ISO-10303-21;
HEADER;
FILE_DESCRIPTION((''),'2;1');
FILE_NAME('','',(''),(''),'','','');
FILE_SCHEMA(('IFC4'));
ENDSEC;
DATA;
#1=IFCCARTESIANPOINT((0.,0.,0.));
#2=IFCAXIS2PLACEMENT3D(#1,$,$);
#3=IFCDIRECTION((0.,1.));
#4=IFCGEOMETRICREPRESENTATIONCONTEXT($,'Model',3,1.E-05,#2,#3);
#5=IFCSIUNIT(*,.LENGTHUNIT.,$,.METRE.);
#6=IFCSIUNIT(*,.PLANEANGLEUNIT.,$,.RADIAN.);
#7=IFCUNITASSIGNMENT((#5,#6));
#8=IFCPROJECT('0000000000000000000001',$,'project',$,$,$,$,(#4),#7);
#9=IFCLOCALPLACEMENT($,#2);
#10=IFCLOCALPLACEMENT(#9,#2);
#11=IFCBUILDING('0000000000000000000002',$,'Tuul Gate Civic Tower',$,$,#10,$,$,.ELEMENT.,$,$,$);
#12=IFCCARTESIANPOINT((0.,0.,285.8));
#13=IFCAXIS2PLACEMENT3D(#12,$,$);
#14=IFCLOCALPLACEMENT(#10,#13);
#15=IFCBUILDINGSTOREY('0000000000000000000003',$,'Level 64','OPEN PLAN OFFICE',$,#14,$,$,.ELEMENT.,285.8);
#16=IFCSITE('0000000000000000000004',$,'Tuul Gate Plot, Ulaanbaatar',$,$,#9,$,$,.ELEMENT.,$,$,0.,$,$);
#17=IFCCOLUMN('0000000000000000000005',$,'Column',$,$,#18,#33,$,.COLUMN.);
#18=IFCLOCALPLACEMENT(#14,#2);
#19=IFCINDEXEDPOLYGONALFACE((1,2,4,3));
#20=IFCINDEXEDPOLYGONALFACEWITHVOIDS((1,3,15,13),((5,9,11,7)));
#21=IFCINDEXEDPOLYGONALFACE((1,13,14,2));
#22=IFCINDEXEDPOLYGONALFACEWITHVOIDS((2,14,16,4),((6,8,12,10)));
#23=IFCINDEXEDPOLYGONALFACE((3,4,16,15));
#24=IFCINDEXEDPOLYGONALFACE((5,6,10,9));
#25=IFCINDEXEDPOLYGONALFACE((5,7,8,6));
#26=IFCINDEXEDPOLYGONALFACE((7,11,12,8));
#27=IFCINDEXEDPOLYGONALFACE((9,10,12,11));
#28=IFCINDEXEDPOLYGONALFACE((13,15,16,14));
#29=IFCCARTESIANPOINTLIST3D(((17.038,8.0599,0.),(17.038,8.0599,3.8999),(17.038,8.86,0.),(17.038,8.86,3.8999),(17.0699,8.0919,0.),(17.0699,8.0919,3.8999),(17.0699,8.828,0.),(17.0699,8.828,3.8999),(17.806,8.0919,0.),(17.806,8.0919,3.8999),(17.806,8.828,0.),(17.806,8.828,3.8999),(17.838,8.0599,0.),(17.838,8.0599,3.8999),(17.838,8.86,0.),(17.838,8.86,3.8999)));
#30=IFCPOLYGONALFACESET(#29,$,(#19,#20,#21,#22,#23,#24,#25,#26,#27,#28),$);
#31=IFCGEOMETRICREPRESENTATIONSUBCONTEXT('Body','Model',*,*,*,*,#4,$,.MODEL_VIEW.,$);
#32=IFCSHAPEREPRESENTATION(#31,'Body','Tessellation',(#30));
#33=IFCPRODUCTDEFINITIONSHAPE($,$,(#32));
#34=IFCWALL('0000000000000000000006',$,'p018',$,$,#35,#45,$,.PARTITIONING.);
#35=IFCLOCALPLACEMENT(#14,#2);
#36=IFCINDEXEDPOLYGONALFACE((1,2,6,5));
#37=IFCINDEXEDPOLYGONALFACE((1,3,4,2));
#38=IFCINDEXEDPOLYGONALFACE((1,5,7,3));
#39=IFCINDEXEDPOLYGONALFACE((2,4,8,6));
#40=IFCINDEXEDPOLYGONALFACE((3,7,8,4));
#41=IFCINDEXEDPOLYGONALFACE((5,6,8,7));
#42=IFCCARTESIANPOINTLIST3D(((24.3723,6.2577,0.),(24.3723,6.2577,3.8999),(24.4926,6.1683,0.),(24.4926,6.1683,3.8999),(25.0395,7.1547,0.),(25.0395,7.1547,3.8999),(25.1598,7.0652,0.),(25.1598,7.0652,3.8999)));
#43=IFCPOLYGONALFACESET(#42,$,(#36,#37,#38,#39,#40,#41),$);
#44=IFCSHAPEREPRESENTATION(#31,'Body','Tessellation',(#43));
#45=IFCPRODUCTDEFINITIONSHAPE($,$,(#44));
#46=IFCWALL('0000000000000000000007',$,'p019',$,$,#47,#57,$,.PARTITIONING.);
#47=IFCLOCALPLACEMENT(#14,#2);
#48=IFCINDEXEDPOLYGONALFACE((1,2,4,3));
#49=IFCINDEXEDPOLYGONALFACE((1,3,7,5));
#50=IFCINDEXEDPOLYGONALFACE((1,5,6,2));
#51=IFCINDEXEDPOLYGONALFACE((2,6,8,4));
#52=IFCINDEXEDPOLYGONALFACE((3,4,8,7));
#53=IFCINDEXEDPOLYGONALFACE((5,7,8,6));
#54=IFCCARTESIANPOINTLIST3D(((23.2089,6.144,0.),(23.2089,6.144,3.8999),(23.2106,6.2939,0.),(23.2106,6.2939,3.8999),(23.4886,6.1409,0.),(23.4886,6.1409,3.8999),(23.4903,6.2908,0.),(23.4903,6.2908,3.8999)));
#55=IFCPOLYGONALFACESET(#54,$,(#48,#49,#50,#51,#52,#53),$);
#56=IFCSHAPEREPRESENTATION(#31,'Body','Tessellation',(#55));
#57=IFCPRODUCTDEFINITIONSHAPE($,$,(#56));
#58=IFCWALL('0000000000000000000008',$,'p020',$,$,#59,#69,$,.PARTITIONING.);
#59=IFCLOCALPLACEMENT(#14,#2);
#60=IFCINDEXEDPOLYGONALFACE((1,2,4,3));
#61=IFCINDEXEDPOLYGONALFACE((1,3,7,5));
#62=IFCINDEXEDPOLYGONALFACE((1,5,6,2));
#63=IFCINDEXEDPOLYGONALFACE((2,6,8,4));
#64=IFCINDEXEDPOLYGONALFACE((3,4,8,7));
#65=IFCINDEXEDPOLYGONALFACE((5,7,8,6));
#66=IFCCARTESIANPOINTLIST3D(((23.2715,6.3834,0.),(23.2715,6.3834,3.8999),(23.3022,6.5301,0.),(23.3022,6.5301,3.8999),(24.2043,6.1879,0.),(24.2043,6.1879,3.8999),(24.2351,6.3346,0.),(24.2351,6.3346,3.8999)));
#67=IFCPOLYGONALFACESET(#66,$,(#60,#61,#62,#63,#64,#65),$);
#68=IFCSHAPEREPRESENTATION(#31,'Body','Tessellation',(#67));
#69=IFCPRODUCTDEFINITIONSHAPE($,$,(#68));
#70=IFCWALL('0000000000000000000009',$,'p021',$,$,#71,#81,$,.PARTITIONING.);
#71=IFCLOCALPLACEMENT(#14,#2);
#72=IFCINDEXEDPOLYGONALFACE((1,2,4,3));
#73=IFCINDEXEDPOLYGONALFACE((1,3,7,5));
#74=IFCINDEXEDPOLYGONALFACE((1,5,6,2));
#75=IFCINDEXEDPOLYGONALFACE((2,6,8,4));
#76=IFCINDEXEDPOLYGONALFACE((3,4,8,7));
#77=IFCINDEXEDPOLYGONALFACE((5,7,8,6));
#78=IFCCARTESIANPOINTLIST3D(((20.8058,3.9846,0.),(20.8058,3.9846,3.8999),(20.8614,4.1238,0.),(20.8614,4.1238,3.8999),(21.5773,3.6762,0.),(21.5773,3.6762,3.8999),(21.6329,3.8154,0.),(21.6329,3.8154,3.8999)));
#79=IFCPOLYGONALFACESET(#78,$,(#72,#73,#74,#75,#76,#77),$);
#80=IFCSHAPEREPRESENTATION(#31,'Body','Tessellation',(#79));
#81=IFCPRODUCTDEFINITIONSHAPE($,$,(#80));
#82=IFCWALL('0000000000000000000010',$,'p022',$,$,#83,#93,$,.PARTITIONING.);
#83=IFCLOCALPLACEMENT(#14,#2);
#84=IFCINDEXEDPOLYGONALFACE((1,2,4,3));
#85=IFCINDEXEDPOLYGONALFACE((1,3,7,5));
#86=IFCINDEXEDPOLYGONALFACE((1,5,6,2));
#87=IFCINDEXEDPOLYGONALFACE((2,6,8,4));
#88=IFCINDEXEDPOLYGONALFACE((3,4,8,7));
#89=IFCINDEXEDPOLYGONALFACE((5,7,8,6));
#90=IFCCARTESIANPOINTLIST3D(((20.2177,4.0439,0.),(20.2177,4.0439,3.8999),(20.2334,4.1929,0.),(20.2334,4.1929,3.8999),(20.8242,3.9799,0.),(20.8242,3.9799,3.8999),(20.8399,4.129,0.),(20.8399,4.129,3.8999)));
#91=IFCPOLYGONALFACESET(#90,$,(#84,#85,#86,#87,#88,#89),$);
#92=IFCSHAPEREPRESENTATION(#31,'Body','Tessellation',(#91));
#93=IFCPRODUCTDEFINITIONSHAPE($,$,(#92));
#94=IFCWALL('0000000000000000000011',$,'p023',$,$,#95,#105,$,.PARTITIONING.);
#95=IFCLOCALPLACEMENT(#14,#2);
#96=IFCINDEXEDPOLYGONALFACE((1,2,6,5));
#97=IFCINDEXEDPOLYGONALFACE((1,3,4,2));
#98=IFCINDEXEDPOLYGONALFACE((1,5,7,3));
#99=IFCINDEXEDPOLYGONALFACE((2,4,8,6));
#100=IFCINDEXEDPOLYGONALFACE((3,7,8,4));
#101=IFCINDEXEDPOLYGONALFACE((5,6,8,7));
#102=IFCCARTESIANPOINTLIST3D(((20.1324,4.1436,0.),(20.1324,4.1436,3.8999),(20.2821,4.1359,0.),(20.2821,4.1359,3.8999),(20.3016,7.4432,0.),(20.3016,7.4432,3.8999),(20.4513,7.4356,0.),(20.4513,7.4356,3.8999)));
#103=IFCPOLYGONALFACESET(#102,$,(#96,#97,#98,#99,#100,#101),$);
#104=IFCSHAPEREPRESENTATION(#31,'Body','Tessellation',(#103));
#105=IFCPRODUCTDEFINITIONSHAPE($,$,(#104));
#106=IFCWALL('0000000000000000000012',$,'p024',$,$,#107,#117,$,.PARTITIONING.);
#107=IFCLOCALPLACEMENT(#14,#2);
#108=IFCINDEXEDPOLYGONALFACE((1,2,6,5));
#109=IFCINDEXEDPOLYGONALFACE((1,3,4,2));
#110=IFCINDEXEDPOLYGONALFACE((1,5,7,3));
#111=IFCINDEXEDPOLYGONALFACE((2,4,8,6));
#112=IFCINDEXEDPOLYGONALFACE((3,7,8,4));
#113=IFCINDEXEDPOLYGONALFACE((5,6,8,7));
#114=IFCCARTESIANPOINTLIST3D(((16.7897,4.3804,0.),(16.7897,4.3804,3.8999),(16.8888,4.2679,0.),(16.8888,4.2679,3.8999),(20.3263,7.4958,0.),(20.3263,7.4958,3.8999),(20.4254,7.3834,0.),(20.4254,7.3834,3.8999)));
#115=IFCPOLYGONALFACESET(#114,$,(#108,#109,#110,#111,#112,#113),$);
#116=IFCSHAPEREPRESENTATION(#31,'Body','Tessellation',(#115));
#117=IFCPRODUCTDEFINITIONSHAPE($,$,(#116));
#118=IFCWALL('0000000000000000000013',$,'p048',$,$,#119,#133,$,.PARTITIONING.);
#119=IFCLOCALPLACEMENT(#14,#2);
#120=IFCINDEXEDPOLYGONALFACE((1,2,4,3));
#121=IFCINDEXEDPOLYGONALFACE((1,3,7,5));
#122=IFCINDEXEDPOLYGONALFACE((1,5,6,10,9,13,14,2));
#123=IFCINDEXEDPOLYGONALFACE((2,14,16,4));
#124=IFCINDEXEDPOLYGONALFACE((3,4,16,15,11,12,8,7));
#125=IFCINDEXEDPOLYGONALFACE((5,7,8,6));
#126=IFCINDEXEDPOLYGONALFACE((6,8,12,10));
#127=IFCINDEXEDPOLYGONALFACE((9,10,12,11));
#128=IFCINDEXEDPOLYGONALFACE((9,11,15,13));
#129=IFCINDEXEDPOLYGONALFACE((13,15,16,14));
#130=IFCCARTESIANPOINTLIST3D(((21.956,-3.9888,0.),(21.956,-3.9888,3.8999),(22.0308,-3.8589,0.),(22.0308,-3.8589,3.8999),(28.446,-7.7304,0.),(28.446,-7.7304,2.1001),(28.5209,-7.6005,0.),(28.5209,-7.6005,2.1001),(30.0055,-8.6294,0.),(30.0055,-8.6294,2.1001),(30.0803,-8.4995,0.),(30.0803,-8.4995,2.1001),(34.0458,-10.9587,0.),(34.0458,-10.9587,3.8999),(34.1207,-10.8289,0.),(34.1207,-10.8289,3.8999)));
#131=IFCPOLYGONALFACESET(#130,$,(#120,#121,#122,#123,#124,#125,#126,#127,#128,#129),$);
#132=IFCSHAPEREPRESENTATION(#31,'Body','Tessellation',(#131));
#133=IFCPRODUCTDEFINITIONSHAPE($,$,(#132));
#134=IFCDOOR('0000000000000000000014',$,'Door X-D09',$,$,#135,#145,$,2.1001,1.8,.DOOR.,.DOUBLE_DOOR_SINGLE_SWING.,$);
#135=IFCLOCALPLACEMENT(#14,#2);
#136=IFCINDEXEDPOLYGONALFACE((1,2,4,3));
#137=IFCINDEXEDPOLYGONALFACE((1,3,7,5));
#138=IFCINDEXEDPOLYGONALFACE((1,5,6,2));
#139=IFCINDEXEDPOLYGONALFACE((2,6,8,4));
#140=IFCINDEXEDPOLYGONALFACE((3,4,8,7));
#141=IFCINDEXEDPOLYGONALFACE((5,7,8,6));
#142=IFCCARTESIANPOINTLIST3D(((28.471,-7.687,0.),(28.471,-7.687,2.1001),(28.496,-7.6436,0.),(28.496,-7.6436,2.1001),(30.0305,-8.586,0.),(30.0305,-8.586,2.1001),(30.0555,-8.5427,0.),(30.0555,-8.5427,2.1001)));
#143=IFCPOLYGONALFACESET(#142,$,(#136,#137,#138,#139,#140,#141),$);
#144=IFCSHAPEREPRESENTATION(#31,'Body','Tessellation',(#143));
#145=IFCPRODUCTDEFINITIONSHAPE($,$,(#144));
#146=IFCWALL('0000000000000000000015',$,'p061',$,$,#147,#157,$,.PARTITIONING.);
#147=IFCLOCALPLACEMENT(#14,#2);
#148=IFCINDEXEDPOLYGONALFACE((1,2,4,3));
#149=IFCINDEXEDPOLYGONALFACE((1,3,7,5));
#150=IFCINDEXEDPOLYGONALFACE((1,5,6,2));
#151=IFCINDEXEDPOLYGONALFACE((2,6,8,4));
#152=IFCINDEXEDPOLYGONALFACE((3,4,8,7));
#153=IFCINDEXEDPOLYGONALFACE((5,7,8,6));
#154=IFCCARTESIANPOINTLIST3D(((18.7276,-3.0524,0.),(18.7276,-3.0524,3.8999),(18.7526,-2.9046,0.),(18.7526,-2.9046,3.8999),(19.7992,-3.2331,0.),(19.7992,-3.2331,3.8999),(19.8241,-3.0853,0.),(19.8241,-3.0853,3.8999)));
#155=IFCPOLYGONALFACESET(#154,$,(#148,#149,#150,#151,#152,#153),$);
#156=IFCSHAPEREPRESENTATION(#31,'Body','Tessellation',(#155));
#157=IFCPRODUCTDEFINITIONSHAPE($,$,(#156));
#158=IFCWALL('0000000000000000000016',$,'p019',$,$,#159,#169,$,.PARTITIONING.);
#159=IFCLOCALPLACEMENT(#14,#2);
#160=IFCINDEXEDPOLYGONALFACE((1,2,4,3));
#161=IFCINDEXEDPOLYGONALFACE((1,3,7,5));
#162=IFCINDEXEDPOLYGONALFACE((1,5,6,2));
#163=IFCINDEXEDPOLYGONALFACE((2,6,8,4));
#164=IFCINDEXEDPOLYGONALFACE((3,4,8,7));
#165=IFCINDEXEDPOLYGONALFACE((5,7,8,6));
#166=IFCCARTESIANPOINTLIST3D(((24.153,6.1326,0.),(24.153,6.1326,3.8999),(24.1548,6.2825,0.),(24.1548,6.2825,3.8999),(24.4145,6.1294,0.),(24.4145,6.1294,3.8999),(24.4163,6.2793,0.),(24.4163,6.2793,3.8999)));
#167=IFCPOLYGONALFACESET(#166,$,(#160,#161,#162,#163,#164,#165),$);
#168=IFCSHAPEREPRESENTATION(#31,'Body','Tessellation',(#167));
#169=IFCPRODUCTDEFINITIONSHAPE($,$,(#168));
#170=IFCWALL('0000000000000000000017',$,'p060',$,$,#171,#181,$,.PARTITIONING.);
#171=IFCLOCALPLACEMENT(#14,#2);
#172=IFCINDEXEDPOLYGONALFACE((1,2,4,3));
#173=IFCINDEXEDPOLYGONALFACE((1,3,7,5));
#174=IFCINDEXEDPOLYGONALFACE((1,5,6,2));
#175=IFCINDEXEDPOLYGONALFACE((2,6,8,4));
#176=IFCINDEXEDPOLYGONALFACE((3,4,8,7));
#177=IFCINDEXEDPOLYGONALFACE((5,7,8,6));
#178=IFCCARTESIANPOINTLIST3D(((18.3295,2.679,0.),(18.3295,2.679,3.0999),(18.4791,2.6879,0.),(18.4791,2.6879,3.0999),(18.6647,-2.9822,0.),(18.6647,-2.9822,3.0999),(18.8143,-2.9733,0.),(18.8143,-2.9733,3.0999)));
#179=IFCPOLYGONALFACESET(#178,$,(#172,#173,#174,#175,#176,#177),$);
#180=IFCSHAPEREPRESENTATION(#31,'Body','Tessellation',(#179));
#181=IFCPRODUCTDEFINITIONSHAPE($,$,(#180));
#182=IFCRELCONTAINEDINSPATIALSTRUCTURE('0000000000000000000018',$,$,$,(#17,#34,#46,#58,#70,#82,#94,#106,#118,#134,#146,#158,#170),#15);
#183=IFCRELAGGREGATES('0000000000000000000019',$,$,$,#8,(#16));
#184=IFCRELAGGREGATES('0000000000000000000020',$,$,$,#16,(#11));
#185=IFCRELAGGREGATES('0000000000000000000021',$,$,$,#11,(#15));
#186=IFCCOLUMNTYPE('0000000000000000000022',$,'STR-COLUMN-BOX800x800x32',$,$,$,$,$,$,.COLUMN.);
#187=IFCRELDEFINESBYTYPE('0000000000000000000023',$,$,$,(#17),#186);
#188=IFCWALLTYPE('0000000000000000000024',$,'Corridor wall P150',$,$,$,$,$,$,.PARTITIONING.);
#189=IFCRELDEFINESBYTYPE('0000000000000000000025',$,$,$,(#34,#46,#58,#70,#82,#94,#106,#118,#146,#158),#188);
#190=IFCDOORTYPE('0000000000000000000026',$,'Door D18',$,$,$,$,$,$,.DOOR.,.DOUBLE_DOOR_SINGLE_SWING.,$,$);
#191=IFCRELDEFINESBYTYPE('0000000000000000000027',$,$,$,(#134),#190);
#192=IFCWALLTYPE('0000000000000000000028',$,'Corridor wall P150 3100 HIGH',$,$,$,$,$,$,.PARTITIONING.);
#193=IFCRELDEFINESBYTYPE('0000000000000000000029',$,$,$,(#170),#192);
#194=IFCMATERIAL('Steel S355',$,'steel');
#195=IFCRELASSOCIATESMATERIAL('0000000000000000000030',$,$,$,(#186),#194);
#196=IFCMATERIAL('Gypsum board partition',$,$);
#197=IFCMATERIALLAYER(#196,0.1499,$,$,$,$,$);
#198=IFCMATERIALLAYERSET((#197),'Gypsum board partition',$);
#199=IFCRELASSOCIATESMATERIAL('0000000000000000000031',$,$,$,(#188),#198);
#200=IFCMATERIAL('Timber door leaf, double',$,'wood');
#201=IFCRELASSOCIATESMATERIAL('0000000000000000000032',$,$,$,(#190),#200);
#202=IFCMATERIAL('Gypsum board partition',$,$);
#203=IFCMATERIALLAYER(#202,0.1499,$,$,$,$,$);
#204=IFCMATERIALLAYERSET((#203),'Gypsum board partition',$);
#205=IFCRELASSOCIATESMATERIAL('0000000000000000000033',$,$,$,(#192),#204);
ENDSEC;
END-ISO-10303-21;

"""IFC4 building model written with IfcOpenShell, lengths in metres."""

from ifc_helpers import new_model, si_unit, direction, frame, frame_2d, origin, origin_2d, place, context, subcontext, project, spatial, rectangle, hollow_rectangle, extrude, material, layer, layer_set, material_profile, profile_set, type_object, element, fill, save


model = new_model("IFC4")

# Units and contexts
model_context = context("Model", 3, precision=1e-05, world=origin(), true_north=direction((0.0, 1.0)))
body_context = subcontext(model_context, "Body", "Model", "MODEL_VIEW")
ifc_project = project(units=[si_unit("LENGTHUNIT", "METRE"), si_unit("PLANEANGLEUNIT", "RADIAN")], contexts=[model_context])

# Site, building, storey
site_placement = place(None, origin())
site = spatial("IfcSite", under=ifc_project, at=site_placement, Name="Tuul Gate Plot, Ulaanbaatar", CompositionType="ELEMENT", RefElevation=0.0)
building_placement = place(site_placement, origin())
building = spatial("IfcBuilding", under=site, at=building_placement, Name="Tuul Gate Civic Tower", CompositionType="ELEMENT")
storey_placement = place(building_placement, frame((0.0, 0.0, 285.8)))
storey = spatial("IfcBuildingStorey", under=building, at=storey_placement, Name="Level 64", Description="OPEN PLAN OFFICE", CompositionType="ELEMENT", Elevation=285.8)

# Column
ifc_material_1 = material(Name="Steel S355", Category="steel")
ifc_material_profile_1 = material_profile(ifc_material_1, hollow_rectangle(XDim=0.8, YDim=0.8, WallThickness=0.032, at=origin_2d()), Name="BOX800x800x32")
ifc_profile_set_1 = profile_set([ifc_material_profile_1], Name="Steel S355")
column_type = type_object("IfcColumnType", Name="STR-COLUMN-BOX800x800x32", PredefinedType="COLUMN", material=ifc_profile_set_1)
column_placement = place(storey_placement, frame((17.438, 8.46, 0.0), z_axis=(0.0, 0.0, 1.0), x_axis=(1.0, 0.0, 0.0)))
element("IfcColumn", 1, at=column_placement, inside=storey, type_object=column_type, Name="Column", PredefinedType="COLUMN", context=body_context, shape_type="SweptSolid", body=[
    extrude(hollow_rectangle(XDim=0.8, YDim=0.8, WallThickness=0.032, at=origin_2d()), origin(), (0.0, 0.0, 1.0), 3.8999),
])

# Walls
ifc_material_2 = material(Name="Gypsum board partition")
ifc_layer_1 = layer(ifc_material_2, 0.1499)
ifc_layer_set_1 = layer_set([ifc_layer_1], Name="Gypsum board partition")
wall_type_1 = type_object("IfcWallType", Name="Corridor wall P150", PredefinedType="PARTITIONING", material=ifc_layer_set_1)
wall_1_placement = place(storey_placement, frame((24.4324, 6.2129, 0.0), z_axis=(0.0, 0.0, 1.0), x_axis=(0.596851, 0.802352, 0.0)))
element("IfcWall", 2, at=wall_1_placement, inside=storey, type_object=wall_type_1, Name="p018", PredefinedType="PARTITIONING", context=body_context, shape_type="SweptSolid", body=[
    extrude(rectangle(XDim=1.1179, YDim=0.1499, at=frame_2d((0.5591, 0.0))), origin(), (0.0, 0.0, 1.0), 3.8999),
])
wall_2_placement = place(storey_placement, frame((23.2097, 6.219, 0.0), z_axis=(0.0, 0.0, 1.0), x_axis=(0.999936, -0.011343, 0.0)))
element("IfcWall", 3, at=wall_2_placement, inside=storey, type_object=wall_type_1, Name="p019", PredefinedType="PARTITIONING", context=body_context, shape_type="SweptSolid", body=[
    extrude(rectangle(XDim=0.2798, YDim=0.1499, at=frame_2d((0.1399, 0.0))), origin(), (0.0, 0.0, 1.0), 3.8999),
])
wall_3_placement = place(storey_placement, frame((23.2869, 6.4568, 0.0), z_axis=(0.0, 0.0, 1.0), x_axis=(0.978726, -0.205171, 0.0)))
element("IfcWall", 4, at=wall_3_placement, inside=storey, type_object=wall_type_1, Name="p020", PredefinedType="PARTITIONING", context=body_context, shape_type="SweptSolid", body=[
    extrude(rectangle(XDim=0.9531, YDim=0.1499, at=frame_2d((0.4766, 0.0))), origin(), (0.0, 0.0, 1.0), 3.8999),
])
wall_4_placement = place(storey_placement, frame((20.8335, 4.0542, 0.0), z_axis=(0.0, 0.0, 1.0), x_axis=(0.928578, -0.371137, 0.0)))
element("IfcWall", 5, at=wall_4_placement, inside=storey, type_object=wall_type_1, Name="p021", PredefinedType="PARTITIONING", context=body_context, shape_type="SweptSolid", body=[
    extrude(rectangle(XDim=0.8308, YDim=0.1499, at=frame_2d((0.4155, 0.0))), origin(), (0.0, 0.0, 1.0), 3.8999),
])
wall_5_placement = place(storey_placement, frame((20.2256, 4.1184, 0.0), z_axis=(0.0, 0.0, 1.0), x_axis=(0.994483, -0.104893, 0.0)))
element("IfcWall", 6, at=wall_5_placement, inside=storey, type_object=wall_type_1, Name="p022", PredefinedType="PARTITIONING", context=body_context, shape_type="SweptSolid", body=[
    extrude(rectangle(XDim=0.6099, YDim=0.1499, at=frame_2d((0.3049, 0.0))), origin(), (0.0, 0.0, 1.0), 3.8999),
])
wall_6_placement = place(storey_placement, frame((20.2073, 4.1399, 0.0), z_axis=(0.0, 0.0, 1.0), x_axis=(0.051209, 0.998688, 0.0)))
element("IfcWall", 7, at=wall_6_placement, inside=storey, type_object=wall_type_1, Name="p023", PredefinedType="PARTITIONING", context=body_context, shape_type="SweptSolid", body=[
    extrude(rectangle(XDim=3.304, YDim=0.1499, at=frame_2d((1.6519, 0.0))), origin(), (0.0, 0.0, 1.0), 3.8999),
])
wall_7_placement = place(storey_placement, frame((16.8394, 4.3242, 0.0), z_axis=(0.0, 0.0, 1.0), x_axis=(0.750371, 0.661017, 0.0)))
element("IfcWall", 8, at=wall_7_placement, inside=storey, type_object=wall_type_1, Name="p024", PredefinedType="PARTITIONING", context=body_context, shape_type="SweptSolid", body=[
    extrude(rectangle(XDim=4.7131, YDim=0.1499, at=frame_2d((2.3564, 0.0))), origin(), (0.0, 0.0, 1.0), 3.8999),
])

# Wall, opening, door
wall_8_placement = place(storey_placement, frame((21.9934, -3.9238, 0.0), z_axis=(0.0, 0.0, 1.0), x_axis=(0.866339, -0.499457, 0.0)))
wall_8 = element("IfcWall", 9, at=wall_8_placement, inside=storey, type_object=wall_type_1, Name="p048", PredefinedType="PARTITIONING", context=body_context, shape_type="SweptSolid", body=[
    extrude(rectangle(XDim=13.9551, YDim=0.1499, at=frame_2d((6.9775, 0.0))), origin(), (0.0, 0.0, 1.0), 3.8999),
])
opening_1_placement = place(wall_8_placement, frame((7.4915, 0.0, 0.0)))
opening_1 = element("IfcOpeningElement", 10, at=opening_1_placement, cuts=wall_8, PredefinedType="OPENING", context=body_context, shape_type="SweptSolid", body=[
    extrude(rectangle(XDim=1.8, YDim=2.1001, at=frame_2d((0.8999, 1.05))), frame((0.0, 0.085, 0.0), z_axis=(0.0, -1.0, 0.0), x_axis=(1.0, 0.0, 0.0)), (0.0, 0.0, 1.0), 0.1699),
])
ifc_material_3 = material(Name="Timber door leaf, double", Category="wood")
door_type_1 = type_object("IfcDoorType", Name="Door D18", OperationType="DOUBLE_DOOR_SINGLE_SWING", PredefinedType="DOOR", material=ifc_material_3)
door_1_placement = place(opening_1_placement, frame((1.8, 0.0, 0.0), z_axis=(0.0, 0.0, 1.0), x_axis=(-1.0, 0.0, 0.0)))
door_1 = element("IfcDoor", 11, at=door_1_placement, inside=storey, type_object=door_type_1, Name="Door X-D09", OperationType="DOUBLE_DOOR_SINGLE_SWING", OverallHeight=2.1001, OverallWidth=1.8, PredefinedType="DOOR", context=body_context, shape_type="SweptSolid", body=[
    extrude(rectangle(XDim=1.8, YDim=2.1001, at=frame_2d((0.9001, 1.05))), frame((0.0, 0.0249, 0.0), z_axis=(0.0, -1.0, 0.0), x_axis=(1.0, 0.0, 0.0)), (0.0, 0.0, 1.0), 0.05),
])
fill(opening_1, door_1)

# Walls
wall_9_placement = place(storey_placement, frame((18.74, -2.9785, 0.0), z_axis=(0.0, 0.0, 1.0), x_axis=(0.986082, -0.166257, 0.0)))
element("IfcWall", 12, at=wall_9_placement, inside=storey, type_object=wall_type_1, Name="p061", PredefinedType="PARTITIONING", context=body_context, shape_type="SweptSolid", body=[
    extrude(rectangle(XDim=1.0867, YDim=0.1499, at=frame_2d((0.5435, 0.0))), origin(), (0.0, 0.0, 1.0), 3.8999),
])
wall_10_placement = place(storey_placement, frame((24.1538, 6.2075, 0.0), z_axis=(0.0, 0.0, 1.0), x_axis=(0.999926, -0.012137, 0.0)))
element("IfcWall", 13, at=wall_10_placement, inside=storey, type_object=wall_type_1, Name="p019", PredefinedType="PARTITIONING", context=body_context, shape_type="SweptSolid", body=[
    extrude(rectangle(XDim=0.2615, YDim=0.1499, at=frame_2d((0.1309, 0.0))), origin(), (0.0, 0.0, 1.0), 3.8999),
])
ifc_material_4 = material(Name="Gypsum board partition")
ifc_layer_2 = layer(ifc_material_4, 0.1499)
ifc_layer_set_2 = layer_set([ifc_layer_2], Name="Gypsum board partition")
wall_type_2 = type_object("IfcWallType", Name="Corridor wall P150 3100 HIGH", PredefinedType="PARTITIONING", material=ifc_layer_set_2)
wall_11_placement = place(storey_placement, frame((18.4043, 2.6833, 0.0), z_axis=(0.0, 0.0, 1.0), x_axis=(0.059108, -0.998252, 0.0)))
element("IfcWall", 14, at=wall_11_placement, inside=storey, type_object=wall_type_2, Name="p060", PredefinedType="PARTITIONING", context=body_context, shape_type="SweptSolid", body=[
    extrude(rectangle(XDim=5.6711, YDim=0.1499, at=frame_2d((2.8354, 0.0))), origin(), (0.0, 0.0, 1.0), 3.0999),
])

save(model, "model.ifc")
